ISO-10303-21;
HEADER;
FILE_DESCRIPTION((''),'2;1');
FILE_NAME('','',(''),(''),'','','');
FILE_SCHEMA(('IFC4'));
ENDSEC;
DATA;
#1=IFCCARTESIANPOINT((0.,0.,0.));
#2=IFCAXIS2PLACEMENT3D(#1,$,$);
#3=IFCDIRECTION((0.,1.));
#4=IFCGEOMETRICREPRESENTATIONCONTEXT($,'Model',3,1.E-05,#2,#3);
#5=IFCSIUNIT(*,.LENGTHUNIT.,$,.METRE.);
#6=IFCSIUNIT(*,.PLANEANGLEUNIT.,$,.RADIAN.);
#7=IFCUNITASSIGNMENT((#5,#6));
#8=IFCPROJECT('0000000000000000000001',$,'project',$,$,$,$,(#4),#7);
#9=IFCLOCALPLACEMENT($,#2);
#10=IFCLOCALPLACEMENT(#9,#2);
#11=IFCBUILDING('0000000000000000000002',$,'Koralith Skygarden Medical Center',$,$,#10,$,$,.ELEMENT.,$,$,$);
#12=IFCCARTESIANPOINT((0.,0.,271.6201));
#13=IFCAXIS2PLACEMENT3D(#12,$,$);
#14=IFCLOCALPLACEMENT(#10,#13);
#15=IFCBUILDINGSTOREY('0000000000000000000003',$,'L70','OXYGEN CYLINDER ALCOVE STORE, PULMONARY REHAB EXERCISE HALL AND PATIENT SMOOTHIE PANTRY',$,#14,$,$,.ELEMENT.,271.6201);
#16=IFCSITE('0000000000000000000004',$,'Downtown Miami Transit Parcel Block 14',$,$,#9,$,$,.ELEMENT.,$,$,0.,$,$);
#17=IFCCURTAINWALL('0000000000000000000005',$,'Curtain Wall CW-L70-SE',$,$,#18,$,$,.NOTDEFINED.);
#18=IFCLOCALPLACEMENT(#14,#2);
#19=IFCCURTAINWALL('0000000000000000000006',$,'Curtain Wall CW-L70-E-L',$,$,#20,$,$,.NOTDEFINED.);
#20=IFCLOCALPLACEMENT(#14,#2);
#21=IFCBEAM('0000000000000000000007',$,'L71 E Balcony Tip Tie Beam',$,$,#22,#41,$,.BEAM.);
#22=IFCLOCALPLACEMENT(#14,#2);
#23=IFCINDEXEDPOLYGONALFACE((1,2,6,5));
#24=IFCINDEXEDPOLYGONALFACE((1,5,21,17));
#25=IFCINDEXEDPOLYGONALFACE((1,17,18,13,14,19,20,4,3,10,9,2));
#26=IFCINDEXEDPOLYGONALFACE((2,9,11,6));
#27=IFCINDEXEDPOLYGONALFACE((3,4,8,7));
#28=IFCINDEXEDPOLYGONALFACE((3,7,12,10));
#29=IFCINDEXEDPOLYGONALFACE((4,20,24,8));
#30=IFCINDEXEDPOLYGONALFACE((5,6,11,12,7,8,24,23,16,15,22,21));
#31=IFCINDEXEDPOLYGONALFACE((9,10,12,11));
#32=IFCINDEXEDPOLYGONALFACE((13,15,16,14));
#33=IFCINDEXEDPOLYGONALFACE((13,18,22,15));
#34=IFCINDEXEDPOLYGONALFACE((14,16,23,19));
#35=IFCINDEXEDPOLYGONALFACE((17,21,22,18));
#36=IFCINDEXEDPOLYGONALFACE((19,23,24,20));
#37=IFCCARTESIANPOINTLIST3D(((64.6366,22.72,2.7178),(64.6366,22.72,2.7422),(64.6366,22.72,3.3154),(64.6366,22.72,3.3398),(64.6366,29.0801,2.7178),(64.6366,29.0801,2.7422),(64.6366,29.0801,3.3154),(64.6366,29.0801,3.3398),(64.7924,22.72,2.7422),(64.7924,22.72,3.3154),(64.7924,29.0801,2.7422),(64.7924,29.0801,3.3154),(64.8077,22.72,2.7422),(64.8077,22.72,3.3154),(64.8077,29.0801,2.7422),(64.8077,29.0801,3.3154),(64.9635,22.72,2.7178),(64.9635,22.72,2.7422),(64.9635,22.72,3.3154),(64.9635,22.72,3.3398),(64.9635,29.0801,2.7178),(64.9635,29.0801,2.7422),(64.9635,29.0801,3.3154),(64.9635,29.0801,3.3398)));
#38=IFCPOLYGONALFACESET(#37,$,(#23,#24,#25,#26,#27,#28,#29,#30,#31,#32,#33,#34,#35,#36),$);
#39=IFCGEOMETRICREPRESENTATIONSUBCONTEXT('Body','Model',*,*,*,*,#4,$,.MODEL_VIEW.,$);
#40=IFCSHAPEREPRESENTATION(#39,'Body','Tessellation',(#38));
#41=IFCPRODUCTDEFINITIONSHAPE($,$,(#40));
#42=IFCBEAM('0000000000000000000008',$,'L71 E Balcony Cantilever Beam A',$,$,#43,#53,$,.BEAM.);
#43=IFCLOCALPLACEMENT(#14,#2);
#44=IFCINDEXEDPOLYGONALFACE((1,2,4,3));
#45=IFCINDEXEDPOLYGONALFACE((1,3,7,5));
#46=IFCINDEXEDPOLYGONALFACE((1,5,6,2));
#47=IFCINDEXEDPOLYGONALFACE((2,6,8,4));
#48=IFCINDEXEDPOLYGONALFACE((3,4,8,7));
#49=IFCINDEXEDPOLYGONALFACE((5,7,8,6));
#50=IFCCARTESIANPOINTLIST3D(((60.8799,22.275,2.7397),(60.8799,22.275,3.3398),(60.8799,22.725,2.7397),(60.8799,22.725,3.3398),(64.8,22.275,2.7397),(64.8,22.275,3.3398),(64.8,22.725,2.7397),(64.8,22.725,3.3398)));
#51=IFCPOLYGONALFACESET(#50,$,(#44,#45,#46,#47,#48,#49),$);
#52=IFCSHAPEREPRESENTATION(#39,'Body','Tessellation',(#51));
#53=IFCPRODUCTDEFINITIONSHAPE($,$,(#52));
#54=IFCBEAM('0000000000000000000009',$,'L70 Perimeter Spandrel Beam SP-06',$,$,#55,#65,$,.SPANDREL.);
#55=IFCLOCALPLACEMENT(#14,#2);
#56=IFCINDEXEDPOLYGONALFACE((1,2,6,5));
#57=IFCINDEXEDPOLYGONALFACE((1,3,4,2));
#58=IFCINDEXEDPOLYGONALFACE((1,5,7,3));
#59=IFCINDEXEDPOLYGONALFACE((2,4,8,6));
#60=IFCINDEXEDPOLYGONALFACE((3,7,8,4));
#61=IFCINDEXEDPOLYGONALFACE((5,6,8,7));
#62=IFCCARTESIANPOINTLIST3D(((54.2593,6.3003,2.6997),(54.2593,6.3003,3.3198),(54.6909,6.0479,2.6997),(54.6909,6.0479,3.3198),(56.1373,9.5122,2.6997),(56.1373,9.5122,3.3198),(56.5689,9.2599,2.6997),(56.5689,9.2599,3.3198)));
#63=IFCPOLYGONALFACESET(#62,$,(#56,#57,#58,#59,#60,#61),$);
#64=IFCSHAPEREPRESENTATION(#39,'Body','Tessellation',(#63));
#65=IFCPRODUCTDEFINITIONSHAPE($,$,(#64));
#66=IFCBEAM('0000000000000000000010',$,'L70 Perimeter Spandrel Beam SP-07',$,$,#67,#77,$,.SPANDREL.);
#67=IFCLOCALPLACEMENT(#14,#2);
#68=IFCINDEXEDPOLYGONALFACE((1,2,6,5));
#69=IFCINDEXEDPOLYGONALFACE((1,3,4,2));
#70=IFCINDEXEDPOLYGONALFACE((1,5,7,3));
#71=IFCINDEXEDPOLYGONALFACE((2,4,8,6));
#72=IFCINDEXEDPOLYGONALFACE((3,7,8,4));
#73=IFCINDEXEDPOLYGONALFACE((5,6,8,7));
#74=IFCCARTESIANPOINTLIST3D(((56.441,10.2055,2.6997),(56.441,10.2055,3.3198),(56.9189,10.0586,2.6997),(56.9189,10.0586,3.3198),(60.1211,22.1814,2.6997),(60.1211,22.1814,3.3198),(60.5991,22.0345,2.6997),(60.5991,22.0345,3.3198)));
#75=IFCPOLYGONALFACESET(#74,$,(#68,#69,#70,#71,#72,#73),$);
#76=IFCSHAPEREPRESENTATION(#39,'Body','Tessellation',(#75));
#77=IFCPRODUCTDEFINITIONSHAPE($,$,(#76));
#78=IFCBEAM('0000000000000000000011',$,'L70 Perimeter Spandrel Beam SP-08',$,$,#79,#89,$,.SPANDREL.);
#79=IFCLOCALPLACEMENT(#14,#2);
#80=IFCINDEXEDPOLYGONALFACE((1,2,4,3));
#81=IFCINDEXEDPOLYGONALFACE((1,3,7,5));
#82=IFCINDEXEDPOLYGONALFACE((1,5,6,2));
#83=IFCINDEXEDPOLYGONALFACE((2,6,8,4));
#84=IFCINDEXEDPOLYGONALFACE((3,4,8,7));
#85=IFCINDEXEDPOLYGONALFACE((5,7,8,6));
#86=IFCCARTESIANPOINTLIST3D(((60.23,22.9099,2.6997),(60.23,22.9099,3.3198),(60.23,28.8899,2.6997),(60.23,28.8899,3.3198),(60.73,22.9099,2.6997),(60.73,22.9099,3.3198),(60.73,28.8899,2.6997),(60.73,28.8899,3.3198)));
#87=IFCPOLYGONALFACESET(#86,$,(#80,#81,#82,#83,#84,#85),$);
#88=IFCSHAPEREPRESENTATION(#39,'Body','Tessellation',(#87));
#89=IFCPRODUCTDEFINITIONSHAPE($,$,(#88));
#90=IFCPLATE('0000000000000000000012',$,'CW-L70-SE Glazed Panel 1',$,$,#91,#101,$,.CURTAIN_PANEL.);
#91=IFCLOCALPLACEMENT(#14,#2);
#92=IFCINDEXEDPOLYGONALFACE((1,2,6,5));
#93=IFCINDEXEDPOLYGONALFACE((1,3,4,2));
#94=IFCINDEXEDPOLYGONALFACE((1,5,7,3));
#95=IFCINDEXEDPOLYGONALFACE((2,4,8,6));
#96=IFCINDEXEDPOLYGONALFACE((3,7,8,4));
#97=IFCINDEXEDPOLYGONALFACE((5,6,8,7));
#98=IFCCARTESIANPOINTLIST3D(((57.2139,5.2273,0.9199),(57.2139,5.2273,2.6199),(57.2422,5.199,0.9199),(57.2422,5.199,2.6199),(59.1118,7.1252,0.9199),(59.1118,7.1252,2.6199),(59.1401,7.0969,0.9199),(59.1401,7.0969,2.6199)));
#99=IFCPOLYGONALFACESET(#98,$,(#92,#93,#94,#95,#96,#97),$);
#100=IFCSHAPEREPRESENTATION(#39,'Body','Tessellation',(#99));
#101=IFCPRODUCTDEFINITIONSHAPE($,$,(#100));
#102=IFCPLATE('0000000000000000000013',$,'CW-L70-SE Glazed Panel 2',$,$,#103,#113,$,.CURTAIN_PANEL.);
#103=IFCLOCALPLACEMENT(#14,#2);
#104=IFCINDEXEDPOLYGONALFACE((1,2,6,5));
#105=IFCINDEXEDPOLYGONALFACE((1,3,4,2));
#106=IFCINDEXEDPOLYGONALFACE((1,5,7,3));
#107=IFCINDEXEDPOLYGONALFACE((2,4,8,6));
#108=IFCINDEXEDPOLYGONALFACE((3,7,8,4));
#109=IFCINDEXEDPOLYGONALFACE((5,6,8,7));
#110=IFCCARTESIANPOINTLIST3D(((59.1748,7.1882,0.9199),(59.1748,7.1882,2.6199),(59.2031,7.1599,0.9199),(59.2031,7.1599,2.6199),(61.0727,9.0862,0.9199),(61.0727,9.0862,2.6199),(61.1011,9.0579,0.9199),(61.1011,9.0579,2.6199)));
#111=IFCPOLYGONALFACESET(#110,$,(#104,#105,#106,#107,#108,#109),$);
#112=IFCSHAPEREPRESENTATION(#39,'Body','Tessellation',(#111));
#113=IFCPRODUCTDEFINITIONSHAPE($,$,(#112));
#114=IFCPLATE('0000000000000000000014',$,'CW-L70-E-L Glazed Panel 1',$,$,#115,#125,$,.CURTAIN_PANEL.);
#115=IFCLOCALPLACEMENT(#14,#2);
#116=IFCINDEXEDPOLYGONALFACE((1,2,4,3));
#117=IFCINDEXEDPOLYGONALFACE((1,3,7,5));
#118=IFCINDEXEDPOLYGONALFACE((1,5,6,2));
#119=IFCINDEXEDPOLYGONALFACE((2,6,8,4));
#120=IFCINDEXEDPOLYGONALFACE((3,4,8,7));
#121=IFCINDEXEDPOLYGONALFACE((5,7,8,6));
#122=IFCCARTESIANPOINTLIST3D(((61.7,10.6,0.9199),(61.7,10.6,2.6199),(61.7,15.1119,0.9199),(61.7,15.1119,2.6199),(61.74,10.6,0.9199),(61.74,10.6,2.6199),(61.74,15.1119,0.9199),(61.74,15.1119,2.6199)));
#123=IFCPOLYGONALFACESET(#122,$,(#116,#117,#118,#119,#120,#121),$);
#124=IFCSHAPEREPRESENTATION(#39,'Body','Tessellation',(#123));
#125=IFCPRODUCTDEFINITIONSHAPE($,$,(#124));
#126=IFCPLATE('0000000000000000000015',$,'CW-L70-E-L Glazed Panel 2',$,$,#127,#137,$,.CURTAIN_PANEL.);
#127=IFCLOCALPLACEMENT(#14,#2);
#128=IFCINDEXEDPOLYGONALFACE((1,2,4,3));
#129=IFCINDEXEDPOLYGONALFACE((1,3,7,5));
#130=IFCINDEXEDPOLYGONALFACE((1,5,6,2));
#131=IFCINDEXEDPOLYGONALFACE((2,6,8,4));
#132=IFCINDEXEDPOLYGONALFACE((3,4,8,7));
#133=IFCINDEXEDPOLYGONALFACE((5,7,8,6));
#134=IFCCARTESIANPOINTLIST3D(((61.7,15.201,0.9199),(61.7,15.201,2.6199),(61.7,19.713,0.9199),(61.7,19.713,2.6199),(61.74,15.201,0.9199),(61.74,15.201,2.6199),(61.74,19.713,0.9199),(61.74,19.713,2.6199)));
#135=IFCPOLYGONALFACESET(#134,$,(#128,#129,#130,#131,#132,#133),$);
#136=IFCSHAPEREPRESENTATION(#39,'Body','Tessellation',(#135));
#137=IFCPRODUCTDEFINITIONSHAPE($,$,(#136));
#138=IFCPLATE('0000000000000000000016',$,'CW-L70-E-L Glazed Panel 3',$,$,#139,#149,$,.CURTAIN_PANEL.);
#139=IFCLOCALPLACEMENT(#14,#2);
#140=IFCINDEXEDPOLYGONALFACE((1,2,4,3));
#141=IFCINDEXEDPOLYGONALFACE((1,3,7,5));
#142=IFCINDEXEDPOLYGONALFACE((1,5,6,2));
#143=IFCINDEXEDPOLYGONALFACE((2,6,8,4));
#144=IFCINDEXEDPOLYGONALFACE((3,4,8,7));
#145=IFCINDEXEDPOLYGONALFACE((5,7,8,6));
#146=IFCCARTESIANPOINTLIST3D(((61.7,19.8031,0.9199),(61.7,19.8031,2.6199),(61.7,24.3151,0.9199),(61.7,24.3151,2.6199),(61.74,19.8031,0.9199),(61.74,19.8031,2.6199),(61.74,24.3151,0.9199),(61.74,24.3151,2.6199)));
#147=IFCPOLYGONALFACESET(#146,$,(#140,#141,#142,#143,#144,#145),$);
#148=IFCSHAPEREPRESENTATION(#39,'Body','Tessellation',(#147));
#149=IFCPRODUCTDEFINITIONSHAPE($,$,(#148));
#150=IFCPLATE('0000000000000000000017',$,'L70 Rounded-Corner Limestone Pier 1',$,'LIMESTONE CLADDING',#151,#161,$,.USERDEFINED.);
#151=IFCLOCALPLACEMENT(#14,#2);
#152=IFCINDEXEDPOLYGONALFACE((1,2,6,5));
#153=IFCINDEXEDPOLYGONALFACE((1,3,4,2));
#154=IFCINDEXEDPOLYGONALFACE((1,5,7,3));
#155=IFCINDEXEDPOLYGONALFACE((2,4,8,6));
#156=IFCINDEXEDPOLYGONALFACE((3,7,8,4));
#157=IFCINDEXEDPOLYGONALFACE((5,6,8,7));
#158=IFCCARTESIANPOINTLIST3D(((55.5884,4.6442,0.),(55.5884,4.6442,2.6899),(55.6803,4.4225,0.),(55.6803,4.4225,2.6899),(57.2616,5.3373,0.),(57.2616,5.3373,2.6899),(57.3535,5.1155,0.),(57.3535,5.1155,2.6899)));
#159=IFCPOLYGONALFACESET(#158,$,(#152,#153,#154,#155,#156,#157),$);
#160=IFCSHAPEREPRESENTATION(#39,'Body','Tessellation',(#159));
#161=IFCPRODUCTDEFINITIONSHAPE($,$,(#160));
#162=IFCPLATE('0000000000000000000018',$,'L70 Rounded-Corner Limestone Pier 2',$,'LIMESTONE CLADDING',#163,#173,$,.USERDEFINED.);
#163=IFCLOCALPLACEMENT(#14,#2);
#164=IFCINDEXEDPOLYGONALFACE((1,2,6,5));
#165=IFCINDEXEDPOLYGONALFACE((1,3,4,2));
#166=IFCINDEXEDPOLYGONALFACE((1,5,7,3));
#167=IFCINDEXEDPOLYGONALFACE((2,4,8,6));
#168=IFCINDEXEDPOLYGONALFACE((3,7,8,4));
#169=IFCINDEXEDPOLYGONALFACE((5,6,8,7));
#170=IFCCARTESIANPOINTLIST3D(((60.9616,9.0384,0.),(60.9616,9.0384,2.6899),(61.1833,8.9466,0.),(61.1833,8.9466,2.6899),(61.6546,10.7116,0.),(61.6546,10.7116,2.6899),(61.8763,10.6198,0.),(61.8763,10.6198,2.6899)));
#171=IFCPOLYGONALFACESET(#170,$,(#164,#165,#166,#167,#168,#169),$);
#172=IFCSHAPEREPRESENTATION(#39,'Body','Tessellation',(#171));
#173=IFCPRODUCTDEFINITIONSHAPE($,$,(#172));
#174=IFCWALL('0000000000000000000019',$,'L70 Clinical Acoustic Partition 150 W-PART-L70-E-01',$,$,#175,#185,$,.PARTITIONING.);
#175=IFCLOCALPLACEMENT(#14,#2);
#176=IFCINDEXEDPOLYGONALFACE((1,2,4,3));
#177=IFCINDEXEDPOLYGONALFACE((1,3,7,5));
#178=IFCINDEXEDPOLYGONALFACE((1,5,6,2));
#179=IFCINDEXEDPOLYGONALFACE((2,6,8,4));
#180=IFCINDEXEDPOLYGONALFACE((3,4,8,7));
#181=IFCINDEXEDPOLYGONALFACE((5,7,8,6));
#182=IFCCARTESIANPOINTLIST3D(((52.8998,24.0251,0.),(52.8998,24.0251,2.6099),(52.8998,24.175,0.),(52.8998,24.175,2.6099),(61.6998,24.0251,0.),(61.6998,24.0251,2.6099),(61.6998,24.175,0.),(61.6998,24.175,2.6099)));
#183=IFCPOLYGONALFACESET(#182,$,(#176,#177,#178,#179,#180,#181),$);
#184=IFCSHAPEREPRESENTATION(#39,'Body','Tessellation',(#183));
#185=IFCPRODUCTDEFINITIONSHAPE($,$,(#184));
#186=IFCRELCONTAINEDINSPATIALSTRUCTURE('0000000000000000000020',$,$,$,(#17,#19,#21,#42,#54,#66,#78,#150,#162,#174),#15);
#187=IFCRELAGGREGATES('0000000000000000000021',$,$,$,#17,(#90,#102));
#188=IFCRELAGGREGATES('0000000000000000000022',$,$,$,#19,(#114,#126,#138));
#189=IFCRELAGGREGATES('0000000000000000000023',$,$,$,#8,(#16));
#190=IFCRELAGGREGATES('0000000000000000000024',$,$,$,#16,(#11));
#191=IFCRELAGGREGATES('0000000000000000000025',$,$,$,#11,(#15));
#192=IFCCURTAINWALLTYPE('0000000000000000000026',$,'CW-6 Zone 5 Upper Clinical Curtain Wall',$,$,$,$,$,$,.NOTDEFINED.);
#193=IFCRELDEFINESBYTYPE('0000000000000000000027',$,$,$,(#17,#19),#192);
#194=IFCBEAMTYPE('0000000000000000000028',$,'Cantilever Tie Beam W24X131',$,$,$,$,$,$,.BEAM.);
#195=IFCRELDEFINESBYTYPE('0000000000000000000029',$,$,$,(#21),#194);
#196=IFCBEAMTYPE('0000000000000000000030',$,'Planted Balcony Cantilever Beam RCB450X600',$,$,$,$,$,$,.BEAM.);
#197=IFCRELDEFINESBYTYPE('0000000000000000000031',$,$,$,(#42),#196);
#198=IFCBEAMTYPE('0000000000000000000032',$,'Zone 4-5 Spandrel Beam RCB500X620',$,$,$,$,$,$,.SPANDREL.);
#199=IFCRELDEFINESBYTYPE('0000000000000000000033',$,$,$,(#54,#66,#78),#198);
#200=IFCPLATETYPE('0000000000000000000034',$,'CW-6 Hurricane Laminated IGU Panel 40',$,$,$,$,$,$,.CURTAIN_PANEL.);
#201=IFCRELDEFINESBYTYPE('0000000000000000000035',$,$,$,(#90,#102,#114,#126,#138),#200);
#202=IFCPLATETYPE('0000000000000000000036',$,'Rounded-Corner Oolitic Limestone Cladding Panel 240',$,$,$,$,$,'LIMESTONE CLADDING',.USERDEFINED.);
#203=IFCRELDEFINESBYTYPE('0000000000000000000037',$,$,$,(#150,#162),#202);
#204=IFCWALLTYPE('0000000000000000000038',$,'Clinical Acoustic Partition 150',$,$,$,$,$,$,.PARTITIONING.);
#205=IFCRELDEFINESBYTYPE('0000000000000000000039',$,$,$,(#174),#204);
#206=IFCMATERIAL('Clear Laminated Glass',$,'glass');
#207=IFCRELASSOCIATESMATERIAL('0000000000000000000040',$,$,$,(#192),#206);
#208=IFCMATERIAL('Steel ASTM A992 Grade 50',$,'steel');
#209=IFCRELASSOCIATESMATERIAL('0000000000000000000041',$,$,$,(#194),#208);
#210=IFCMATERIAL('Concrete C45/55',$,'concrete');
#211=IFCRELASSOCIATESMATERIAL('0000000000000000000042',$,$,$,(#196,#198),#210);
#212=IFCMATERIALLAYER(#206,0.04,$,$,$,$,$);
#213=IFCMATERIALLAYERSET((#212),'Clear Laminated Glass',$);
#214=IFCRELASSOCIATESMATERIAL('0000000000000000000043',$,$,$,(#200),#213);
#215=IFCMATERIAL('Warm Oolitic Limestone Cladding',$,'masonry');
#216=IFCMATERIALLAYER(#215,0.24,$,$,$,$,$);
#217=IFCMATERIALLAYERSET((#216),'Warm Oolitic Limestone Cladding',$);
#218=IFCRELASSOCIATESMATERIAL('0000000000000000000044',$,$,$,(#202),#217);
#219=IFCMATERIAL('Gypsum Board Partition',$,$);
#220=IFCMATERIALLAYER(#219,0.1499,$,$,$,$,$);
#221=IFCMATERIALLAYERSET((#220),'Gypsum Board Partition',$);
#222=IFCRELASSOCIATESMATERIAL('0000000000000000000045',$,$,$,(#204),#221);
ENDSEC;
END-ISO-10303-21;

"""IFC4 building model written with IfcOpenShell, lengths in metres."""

from ifc_helpers import new_model, si_unit, direction, frame, frame_2d, origin, origin_2d, place, context, subcontext, project, spatial, rectangle, i_section, extrude, material, layer, layer_set, material_profile, profile_set, type_object, element, aggregate, save


model = new_model("IFC4")

# Units and contexts
model_context = context("Model", 3, precision=1e-05, world=origin(), true_north=direction((0.0, 1.0)))
body_context = subcontext(model_context, "Body", "Model", "MODEL_VIEW")
ifc_project = project(units=[si_unit("LENGTHUNIT", "METRE"), si_unit("PLANEANGLEUNIT", "RADIAN")], contexts=[model_context])

# Site, building, storey
site_placement = place(None, origin())
site = spatial("IfcSite", under=ifc_project, at=site_placement, Name="Downtown Miami Transit Parcel Block 14", CompositionType="ELEMENT", RefElevation=0.0)
building_placement = place(site_placement, origin())
building = spatial("IfcBuilding", under=site, at=building_placement, Name="Koralith Skygarden Medical Center", CompositionType="ELEMENT")
storey_placement = place(building_placement, frame((0.0, 0.0, 271.6201)))
storey = spatial("IfcBuildingStorey", under=building, at=storey_placement, Name="L70", Description="OXYGEN CYLINDER ALCOVE STORE, PULMONARY REHAB EXERCISE HALL AND PATIENT SMOOTHIE PANTRY", CompositionType="ELEMENT", Elevation=271.6201)

# Shared definitions
ifc_material_1 = material(Name="Clear Laminated Glass", Category="glass")
curtain_wall_type = type_object("IfcCurtainWallType", Name="CW-6 Zone 5 Upper Clinical Curtain Wall", PredefinedType="NOTDEFINED", material=ifc_material_1)

# Curtain walls
curtain_wall_1_placement = place(storey_placement, origin())
curtain_wall_1 = element("IfcCurtainWall", 1, at=curtain_wall_1_placement, inside=storey, type_object=curtain_wall_type, Name="Curtain Wall CW-L70-SE", PredefinedType="NOTDEFINED")
curtain_wall_2_placement = place(storey_placement, origin())
curtain_wall_2 = element("IfcCurtainWall", 2, at=curtain_wall_2_placement, inside=storey, type_object=curtain_wall_type, Name="Curtain Wall CW-L70-E-L", PredefinedType="NOTDEFINED")

# Beams
ifc_material_2 = material(Name="Steel ASTM A992 Grade 50", Category="steel")
ifc_material_profile_1 = material_profile(ifc_material_2, i_section(OverallWidth=0.3269, OverallDepth=0.6221, WebThickness=0.0154, FlangeThickness=0.0244, at=origin_2d()), Name="W24X131")
ifc_profile_set_1 = profile_set([ifc_material_profile_1], Name="Steel ASTM A992 Grade 50")
beam_type_1 = type_object("IfcBeamType", Name="Cantilever Tie Beam W24X131", PredefinedType="BEAM", material=ifc_profile_set_1)
beam_1_placement = place(storey_placement, frame((64.8, 22.72, 3.0288), z_axis=(0.0, 1.0, 0.0), x_axis=(-1.0, 0.0, 0.0)))
element("IfcBeam", 3, at=beam_1_placement, inside=storey, type_object=beam_type_1, Name="L71 E Balcony Tip Tie Beam", PredefinedType="BEAM", context=body_context, shape_type="SweptSolid", body=[
    extrude(i_section(OverallWidth=0.3269, OverallDepth=0.6221, WebThickness=0.0154, FlangeThickness=0.0244, at=origin_2d()), origin(), (0.0, 0.0, 1.0), 6.3601),
])
ifc_material_3 = material(Name="Concrete C45/55", Category="concrete")
ifc_material_profile_2 = material_profile(ifc_material_3, rectangle(XDim=0.45, YDim=0.6001, at=origin_2d()), Name="RCB450X600")
ifc_profile_set_2 = profile_set([ifc_material_profile_2], Name="Concrete C45/55")
beam_type_2 = type_object("IfcBeamType", Name="Planted Balcony Cantilever Beam RCB450X600", PredefinedType="BEAM", material=ifc_profile_set_2)
beam_2_placement = place(storey_placement, frame((60.8799, 22.5, 3.0398), z_axis=(1.0, 0.0, 0.0), x_axis=(0.0, 1.0, 0.0)))
element("IfcBeam", 4, at=beam_2_placement, inside=storey, type_object=beam_type_2, Name="L71 E Balcony Cantilever Beam A", PredefinedType="BEAM", context=body_context, shape_type="SweptSolid", body=[
    extrude(rectangle(XDim=0.45, YDim=0.6001, at=origin_2d()), origin(), (0.0, 0.0, 1.0), 3.9202),
])
ifc_material_profile_3 = material_profile(ifc_material_3, rectangle(XDim=0.5, YDim=0.6201, at=origin_2d()), Name="RCB500X620")
ifc_profile_set_3 = profile_set([ifc_material_profile_3], Name="Concrete C45/55")
beam_type_3 = type_object("IfcBeamType", Name="Zone 4-5 Spandrel Beam RCB500X620", PredefinedType="SPANDREL", material=ifc_profile_set_3)
beam_3_placement = place(storey_placement, frame((54.4751, 6.1741, 3.0098), z_axis=(0.504736, 0.863274, 0.0), x_axis=(-0.863274, 0.504736, 0.0)))
element("IfcBeam", 5, at=beam_3_placement, inside=storey, type_object=beam_type_3, Name="L70 Perimeter Spandrel Beam SP-06", PredefinedType="SPANDREL", context=body_context, shape_type="SweptSolid", body=[
    extrude(rectangle(XDim=0.5, YDim=0.6201, at=origin_2d()), origin(), (0.0, 0.0, 1.0), 3.7207),
])
beam_4_placement = place(storey_placement, frame((56.6799, 10.1321, 3.0098), z_axis=(0.293743, 0.955884, 0.0), x_axis=(-0.955884, 0.293743, 0.0)))
element("IfcBeam", 6, at=beam_4_placement, inside=storey, type_object=beam_type_3, Name="L70 Perimeter Spandrel Beam SP-07", PredefinedType="SPANDREL", context=body_context, shape_type="SweptSolid", body=[
    extrude(rectangle(XDim=0.5, YDim=0.6201, at=origin_2d()), origin(), (0.0, 0.0, 1.0), 12.5286),
])
beam_5_placement = place(storey_placement, frame((60.48, 22.9099, 3.0098), z_axis=(0.0, 1.0, 0.0), x_axis=(-1.0, 0.0, 0.0)))
element("IfcBeam", 7, at=beam_5_placement, inside=storey, type_object=beam_type_3, Name="L70 Perimeter Spandrel Beam SP-08", PredefinedType="SPANDREL", context=body_context, shape_type="SweptSolid", body=[
    extrude(rectangle(XDim=0.5, YDim=0.6201, at=origin_2d()), origin(), (0.0, 0.0, 1.0), 5.98),
])

# Plates
ifc_layer_1 = layer(ifc_material_1, 0.04)
ifc_layer_set_1 = layer_set([ifc_layer_1], Name="Clear Laminated Glass")
plate_type_1 = type_object("IfcPlateType", Name="CW-6 Hurricane Laminated IGU Panel 40", PredefinedType="CURTAIN_PANEL", material=ifc_layer_set_1)
plate_1_placement = place(storey_placement, frame((58.177, 6.1621, 0.9199), z_axis=(0.0, 0.0, 1.0), x_axis=(0.707107, 0.707107, 0.0)))
plate_1 = element("IfcPlate", 8, at=plate_1_placement, type_object=plate_type_1, Name="CW-L70-SE Glazed Panel 1", PredefinedType="CURTAIN_PANEL", context=body_context, shape_type="SweptSolid", body=[
    extrude(rectangle(XDim=2.6841, YDim=0.04, at=origin_2d()), origin(), (0.0, 0.0, 1.0), 1.7),
])
plate_2_placement = place(storey_placement, frame((60.1379, 8.123, 0.9199), z_axis=(0.0, 0.0, 1.0), x_axis=(0.707107, 0.707107, 0.0)))
plate_2 = element("IfcPlate", 9, at=plate_2_placement, type_object=plate_type_1, Name="CW-L70-SE Glazed Panel 2", PredefinedType="CURTAIN_PANEL", context=body_context, shape_type="SweptSolid", body=[
    extrude(rectangle(XDim=2.6841, YDim=0.04, at=origin_2d()), origin(), (0.0, 0.0, 1.0), 1.7),
])
aggregate(curtain_wall_1, [plate_1, plate_2])
plate_3_placement = place(storey_placement, frame((61.72, 12.856, 0.9199), z_axis=(0.0, 0.0, 1.0), x_axis=(0.0, 1.0, 0.0)))
plate_3 = element("IfcPlate", 10, at=plate_3_placement, type_object=plate_type_1, Name="CW-L70-E-L Glazed Panel 1", PredefinedType="CURTAIN_PANEL", context=body_context, shape_type="SweptSolid", body=[
    extrude(rectangle(XDim=4.512, YDim=0.04, at=origin_2d()), origin(), (0.0, 0.0, 1.0), 1.7),
])
plate_4_placement = place(storey_placement, frame((61.72, 17.457, 0.9199), z_axis=(0.0, 0.0, 1.0), x_axis=(0.0, 1.0, 0.0)))
plate_4 = element("IfcPlate", 11, at=plate_4_placement, type_object=plate_type_1, Name="CW-L70-E-L Glazed Panel 2", PredefinedType="CURTAIN_PANEL", context=body_context, shape_type="SweptSolid", body=[
    extrude(rectangle(XDim=4.512, YDim=0.04, at=origin_2d()), origin(), (0.0, 0.0, 1.0), 1.7),
])
plate_5_placement = place(storey_placement, frame((61.72, 22.0591, 0.9199), z_axis=(0.0, 0.0, 1.0), x_axis=(0.0, 1.0, 0.0)))
plate_5 = element("IfcPlate", 12, at=plate_5_placement, type_object=plate_type_1, Name="CW-L70-E-L Glazed Panel 3", PredefinedType="CURTAIN_PANEL", context=body_context, shape_type="SweptSolid", body=[
    extrude(rectangle(XDim=4.512, YDim=0.04, at=origin_2d()), origin(), (0.0, 0.0, 1.0), 1.7),
])
aggregate(curtain_wall_2, [plate_3, plate_4, plate_5])

# Plates
ifc_material_4 = material(Name="Warm Oolitic Limestone Cladding", Category="masonry")
ifc_layer_2 = layer(ifc_material_4, 0.24)
ifc_layer_set_2 = layer_set([ifc_layer_2], Name="Warm Oolitic Limestone Cladding")
plate_type_2 = type_object("IfcPlateType", Name="Rounded-Corner Oolitic Limestone Cladding Panel 240", ElementType="LIMESTONE CLADDING", PredefinedType="USERDEFINED", material=ifc_layer_set_2)
for number, where, z_axis, x_axis, name in (
    (13, (56.4709, 4.8799, 0.0), (0.0, 0.0, 1.0), (0.923885, 0.382671, 0.0), "L70 Rounded-Corner Limestone Pier 1"),
    (14, (61.4189, 9.8291, 0.0), (0.0, 0.0, 1.0), (0.382671, 0.923885, 0.0), "L70 Rounded-Corner Limestone Pier 2"),
):
    element("IfcPlate", number, at=place(storey_placement, frame(where, z_axis=z_axis, x_axis=x_axis)), inside=storey, type_object=plate_type_2, Name=name, ObjectType="LIMESTONE CLADDING", PredefinedType="USERDEFINED", context=body_context, shape_type="SweptSolid", body=[
        extrude(rectangle(XDim=1.811, YDim=0.24, at=origin_2d()), origin(), (0.0, 0.0, 1.0), 2.6899),
    ])

# Wall
ifc_material_5 = material(Name="Gypsum Board Partition")
ifc_layer_3 = layer(ifc_material_5, 0.1499)
ifc_layer_set_3 = layer_set([ifc_layer_3], Name="Gypsum Board Partition")
wall_type_1 = type_object("IfcWallType", Name="Clinical Acoustic Partition 150", PredefinedType="PARTITIONING", material=ifc_layer_set_3)
wall_1_placement = place(storey_placement, frame((52.8999, 24.1001, 0.0), z_axis=(0.0, 0.0, 1.0), x_axis=(1.0, 0.0, 0.0)))
element("IfcWall", 15, at=wall_1_placement, inside=storey, type_object=wall_type_1, Name="L70 Clinical Acoustic Partition 150 W-PART-L70-E-01", PredefinedType="PARTITIONING", context=body_context, shape_type="SweptSolid", body=[
    extrude(rectangle(XDim=8.8, YDim=0.1499, at=frame_2d((4.3999, 0.0))), origin(), (0.0, 0.0, 1.0), 2.6099),
])

save(model, "model.ifc")
